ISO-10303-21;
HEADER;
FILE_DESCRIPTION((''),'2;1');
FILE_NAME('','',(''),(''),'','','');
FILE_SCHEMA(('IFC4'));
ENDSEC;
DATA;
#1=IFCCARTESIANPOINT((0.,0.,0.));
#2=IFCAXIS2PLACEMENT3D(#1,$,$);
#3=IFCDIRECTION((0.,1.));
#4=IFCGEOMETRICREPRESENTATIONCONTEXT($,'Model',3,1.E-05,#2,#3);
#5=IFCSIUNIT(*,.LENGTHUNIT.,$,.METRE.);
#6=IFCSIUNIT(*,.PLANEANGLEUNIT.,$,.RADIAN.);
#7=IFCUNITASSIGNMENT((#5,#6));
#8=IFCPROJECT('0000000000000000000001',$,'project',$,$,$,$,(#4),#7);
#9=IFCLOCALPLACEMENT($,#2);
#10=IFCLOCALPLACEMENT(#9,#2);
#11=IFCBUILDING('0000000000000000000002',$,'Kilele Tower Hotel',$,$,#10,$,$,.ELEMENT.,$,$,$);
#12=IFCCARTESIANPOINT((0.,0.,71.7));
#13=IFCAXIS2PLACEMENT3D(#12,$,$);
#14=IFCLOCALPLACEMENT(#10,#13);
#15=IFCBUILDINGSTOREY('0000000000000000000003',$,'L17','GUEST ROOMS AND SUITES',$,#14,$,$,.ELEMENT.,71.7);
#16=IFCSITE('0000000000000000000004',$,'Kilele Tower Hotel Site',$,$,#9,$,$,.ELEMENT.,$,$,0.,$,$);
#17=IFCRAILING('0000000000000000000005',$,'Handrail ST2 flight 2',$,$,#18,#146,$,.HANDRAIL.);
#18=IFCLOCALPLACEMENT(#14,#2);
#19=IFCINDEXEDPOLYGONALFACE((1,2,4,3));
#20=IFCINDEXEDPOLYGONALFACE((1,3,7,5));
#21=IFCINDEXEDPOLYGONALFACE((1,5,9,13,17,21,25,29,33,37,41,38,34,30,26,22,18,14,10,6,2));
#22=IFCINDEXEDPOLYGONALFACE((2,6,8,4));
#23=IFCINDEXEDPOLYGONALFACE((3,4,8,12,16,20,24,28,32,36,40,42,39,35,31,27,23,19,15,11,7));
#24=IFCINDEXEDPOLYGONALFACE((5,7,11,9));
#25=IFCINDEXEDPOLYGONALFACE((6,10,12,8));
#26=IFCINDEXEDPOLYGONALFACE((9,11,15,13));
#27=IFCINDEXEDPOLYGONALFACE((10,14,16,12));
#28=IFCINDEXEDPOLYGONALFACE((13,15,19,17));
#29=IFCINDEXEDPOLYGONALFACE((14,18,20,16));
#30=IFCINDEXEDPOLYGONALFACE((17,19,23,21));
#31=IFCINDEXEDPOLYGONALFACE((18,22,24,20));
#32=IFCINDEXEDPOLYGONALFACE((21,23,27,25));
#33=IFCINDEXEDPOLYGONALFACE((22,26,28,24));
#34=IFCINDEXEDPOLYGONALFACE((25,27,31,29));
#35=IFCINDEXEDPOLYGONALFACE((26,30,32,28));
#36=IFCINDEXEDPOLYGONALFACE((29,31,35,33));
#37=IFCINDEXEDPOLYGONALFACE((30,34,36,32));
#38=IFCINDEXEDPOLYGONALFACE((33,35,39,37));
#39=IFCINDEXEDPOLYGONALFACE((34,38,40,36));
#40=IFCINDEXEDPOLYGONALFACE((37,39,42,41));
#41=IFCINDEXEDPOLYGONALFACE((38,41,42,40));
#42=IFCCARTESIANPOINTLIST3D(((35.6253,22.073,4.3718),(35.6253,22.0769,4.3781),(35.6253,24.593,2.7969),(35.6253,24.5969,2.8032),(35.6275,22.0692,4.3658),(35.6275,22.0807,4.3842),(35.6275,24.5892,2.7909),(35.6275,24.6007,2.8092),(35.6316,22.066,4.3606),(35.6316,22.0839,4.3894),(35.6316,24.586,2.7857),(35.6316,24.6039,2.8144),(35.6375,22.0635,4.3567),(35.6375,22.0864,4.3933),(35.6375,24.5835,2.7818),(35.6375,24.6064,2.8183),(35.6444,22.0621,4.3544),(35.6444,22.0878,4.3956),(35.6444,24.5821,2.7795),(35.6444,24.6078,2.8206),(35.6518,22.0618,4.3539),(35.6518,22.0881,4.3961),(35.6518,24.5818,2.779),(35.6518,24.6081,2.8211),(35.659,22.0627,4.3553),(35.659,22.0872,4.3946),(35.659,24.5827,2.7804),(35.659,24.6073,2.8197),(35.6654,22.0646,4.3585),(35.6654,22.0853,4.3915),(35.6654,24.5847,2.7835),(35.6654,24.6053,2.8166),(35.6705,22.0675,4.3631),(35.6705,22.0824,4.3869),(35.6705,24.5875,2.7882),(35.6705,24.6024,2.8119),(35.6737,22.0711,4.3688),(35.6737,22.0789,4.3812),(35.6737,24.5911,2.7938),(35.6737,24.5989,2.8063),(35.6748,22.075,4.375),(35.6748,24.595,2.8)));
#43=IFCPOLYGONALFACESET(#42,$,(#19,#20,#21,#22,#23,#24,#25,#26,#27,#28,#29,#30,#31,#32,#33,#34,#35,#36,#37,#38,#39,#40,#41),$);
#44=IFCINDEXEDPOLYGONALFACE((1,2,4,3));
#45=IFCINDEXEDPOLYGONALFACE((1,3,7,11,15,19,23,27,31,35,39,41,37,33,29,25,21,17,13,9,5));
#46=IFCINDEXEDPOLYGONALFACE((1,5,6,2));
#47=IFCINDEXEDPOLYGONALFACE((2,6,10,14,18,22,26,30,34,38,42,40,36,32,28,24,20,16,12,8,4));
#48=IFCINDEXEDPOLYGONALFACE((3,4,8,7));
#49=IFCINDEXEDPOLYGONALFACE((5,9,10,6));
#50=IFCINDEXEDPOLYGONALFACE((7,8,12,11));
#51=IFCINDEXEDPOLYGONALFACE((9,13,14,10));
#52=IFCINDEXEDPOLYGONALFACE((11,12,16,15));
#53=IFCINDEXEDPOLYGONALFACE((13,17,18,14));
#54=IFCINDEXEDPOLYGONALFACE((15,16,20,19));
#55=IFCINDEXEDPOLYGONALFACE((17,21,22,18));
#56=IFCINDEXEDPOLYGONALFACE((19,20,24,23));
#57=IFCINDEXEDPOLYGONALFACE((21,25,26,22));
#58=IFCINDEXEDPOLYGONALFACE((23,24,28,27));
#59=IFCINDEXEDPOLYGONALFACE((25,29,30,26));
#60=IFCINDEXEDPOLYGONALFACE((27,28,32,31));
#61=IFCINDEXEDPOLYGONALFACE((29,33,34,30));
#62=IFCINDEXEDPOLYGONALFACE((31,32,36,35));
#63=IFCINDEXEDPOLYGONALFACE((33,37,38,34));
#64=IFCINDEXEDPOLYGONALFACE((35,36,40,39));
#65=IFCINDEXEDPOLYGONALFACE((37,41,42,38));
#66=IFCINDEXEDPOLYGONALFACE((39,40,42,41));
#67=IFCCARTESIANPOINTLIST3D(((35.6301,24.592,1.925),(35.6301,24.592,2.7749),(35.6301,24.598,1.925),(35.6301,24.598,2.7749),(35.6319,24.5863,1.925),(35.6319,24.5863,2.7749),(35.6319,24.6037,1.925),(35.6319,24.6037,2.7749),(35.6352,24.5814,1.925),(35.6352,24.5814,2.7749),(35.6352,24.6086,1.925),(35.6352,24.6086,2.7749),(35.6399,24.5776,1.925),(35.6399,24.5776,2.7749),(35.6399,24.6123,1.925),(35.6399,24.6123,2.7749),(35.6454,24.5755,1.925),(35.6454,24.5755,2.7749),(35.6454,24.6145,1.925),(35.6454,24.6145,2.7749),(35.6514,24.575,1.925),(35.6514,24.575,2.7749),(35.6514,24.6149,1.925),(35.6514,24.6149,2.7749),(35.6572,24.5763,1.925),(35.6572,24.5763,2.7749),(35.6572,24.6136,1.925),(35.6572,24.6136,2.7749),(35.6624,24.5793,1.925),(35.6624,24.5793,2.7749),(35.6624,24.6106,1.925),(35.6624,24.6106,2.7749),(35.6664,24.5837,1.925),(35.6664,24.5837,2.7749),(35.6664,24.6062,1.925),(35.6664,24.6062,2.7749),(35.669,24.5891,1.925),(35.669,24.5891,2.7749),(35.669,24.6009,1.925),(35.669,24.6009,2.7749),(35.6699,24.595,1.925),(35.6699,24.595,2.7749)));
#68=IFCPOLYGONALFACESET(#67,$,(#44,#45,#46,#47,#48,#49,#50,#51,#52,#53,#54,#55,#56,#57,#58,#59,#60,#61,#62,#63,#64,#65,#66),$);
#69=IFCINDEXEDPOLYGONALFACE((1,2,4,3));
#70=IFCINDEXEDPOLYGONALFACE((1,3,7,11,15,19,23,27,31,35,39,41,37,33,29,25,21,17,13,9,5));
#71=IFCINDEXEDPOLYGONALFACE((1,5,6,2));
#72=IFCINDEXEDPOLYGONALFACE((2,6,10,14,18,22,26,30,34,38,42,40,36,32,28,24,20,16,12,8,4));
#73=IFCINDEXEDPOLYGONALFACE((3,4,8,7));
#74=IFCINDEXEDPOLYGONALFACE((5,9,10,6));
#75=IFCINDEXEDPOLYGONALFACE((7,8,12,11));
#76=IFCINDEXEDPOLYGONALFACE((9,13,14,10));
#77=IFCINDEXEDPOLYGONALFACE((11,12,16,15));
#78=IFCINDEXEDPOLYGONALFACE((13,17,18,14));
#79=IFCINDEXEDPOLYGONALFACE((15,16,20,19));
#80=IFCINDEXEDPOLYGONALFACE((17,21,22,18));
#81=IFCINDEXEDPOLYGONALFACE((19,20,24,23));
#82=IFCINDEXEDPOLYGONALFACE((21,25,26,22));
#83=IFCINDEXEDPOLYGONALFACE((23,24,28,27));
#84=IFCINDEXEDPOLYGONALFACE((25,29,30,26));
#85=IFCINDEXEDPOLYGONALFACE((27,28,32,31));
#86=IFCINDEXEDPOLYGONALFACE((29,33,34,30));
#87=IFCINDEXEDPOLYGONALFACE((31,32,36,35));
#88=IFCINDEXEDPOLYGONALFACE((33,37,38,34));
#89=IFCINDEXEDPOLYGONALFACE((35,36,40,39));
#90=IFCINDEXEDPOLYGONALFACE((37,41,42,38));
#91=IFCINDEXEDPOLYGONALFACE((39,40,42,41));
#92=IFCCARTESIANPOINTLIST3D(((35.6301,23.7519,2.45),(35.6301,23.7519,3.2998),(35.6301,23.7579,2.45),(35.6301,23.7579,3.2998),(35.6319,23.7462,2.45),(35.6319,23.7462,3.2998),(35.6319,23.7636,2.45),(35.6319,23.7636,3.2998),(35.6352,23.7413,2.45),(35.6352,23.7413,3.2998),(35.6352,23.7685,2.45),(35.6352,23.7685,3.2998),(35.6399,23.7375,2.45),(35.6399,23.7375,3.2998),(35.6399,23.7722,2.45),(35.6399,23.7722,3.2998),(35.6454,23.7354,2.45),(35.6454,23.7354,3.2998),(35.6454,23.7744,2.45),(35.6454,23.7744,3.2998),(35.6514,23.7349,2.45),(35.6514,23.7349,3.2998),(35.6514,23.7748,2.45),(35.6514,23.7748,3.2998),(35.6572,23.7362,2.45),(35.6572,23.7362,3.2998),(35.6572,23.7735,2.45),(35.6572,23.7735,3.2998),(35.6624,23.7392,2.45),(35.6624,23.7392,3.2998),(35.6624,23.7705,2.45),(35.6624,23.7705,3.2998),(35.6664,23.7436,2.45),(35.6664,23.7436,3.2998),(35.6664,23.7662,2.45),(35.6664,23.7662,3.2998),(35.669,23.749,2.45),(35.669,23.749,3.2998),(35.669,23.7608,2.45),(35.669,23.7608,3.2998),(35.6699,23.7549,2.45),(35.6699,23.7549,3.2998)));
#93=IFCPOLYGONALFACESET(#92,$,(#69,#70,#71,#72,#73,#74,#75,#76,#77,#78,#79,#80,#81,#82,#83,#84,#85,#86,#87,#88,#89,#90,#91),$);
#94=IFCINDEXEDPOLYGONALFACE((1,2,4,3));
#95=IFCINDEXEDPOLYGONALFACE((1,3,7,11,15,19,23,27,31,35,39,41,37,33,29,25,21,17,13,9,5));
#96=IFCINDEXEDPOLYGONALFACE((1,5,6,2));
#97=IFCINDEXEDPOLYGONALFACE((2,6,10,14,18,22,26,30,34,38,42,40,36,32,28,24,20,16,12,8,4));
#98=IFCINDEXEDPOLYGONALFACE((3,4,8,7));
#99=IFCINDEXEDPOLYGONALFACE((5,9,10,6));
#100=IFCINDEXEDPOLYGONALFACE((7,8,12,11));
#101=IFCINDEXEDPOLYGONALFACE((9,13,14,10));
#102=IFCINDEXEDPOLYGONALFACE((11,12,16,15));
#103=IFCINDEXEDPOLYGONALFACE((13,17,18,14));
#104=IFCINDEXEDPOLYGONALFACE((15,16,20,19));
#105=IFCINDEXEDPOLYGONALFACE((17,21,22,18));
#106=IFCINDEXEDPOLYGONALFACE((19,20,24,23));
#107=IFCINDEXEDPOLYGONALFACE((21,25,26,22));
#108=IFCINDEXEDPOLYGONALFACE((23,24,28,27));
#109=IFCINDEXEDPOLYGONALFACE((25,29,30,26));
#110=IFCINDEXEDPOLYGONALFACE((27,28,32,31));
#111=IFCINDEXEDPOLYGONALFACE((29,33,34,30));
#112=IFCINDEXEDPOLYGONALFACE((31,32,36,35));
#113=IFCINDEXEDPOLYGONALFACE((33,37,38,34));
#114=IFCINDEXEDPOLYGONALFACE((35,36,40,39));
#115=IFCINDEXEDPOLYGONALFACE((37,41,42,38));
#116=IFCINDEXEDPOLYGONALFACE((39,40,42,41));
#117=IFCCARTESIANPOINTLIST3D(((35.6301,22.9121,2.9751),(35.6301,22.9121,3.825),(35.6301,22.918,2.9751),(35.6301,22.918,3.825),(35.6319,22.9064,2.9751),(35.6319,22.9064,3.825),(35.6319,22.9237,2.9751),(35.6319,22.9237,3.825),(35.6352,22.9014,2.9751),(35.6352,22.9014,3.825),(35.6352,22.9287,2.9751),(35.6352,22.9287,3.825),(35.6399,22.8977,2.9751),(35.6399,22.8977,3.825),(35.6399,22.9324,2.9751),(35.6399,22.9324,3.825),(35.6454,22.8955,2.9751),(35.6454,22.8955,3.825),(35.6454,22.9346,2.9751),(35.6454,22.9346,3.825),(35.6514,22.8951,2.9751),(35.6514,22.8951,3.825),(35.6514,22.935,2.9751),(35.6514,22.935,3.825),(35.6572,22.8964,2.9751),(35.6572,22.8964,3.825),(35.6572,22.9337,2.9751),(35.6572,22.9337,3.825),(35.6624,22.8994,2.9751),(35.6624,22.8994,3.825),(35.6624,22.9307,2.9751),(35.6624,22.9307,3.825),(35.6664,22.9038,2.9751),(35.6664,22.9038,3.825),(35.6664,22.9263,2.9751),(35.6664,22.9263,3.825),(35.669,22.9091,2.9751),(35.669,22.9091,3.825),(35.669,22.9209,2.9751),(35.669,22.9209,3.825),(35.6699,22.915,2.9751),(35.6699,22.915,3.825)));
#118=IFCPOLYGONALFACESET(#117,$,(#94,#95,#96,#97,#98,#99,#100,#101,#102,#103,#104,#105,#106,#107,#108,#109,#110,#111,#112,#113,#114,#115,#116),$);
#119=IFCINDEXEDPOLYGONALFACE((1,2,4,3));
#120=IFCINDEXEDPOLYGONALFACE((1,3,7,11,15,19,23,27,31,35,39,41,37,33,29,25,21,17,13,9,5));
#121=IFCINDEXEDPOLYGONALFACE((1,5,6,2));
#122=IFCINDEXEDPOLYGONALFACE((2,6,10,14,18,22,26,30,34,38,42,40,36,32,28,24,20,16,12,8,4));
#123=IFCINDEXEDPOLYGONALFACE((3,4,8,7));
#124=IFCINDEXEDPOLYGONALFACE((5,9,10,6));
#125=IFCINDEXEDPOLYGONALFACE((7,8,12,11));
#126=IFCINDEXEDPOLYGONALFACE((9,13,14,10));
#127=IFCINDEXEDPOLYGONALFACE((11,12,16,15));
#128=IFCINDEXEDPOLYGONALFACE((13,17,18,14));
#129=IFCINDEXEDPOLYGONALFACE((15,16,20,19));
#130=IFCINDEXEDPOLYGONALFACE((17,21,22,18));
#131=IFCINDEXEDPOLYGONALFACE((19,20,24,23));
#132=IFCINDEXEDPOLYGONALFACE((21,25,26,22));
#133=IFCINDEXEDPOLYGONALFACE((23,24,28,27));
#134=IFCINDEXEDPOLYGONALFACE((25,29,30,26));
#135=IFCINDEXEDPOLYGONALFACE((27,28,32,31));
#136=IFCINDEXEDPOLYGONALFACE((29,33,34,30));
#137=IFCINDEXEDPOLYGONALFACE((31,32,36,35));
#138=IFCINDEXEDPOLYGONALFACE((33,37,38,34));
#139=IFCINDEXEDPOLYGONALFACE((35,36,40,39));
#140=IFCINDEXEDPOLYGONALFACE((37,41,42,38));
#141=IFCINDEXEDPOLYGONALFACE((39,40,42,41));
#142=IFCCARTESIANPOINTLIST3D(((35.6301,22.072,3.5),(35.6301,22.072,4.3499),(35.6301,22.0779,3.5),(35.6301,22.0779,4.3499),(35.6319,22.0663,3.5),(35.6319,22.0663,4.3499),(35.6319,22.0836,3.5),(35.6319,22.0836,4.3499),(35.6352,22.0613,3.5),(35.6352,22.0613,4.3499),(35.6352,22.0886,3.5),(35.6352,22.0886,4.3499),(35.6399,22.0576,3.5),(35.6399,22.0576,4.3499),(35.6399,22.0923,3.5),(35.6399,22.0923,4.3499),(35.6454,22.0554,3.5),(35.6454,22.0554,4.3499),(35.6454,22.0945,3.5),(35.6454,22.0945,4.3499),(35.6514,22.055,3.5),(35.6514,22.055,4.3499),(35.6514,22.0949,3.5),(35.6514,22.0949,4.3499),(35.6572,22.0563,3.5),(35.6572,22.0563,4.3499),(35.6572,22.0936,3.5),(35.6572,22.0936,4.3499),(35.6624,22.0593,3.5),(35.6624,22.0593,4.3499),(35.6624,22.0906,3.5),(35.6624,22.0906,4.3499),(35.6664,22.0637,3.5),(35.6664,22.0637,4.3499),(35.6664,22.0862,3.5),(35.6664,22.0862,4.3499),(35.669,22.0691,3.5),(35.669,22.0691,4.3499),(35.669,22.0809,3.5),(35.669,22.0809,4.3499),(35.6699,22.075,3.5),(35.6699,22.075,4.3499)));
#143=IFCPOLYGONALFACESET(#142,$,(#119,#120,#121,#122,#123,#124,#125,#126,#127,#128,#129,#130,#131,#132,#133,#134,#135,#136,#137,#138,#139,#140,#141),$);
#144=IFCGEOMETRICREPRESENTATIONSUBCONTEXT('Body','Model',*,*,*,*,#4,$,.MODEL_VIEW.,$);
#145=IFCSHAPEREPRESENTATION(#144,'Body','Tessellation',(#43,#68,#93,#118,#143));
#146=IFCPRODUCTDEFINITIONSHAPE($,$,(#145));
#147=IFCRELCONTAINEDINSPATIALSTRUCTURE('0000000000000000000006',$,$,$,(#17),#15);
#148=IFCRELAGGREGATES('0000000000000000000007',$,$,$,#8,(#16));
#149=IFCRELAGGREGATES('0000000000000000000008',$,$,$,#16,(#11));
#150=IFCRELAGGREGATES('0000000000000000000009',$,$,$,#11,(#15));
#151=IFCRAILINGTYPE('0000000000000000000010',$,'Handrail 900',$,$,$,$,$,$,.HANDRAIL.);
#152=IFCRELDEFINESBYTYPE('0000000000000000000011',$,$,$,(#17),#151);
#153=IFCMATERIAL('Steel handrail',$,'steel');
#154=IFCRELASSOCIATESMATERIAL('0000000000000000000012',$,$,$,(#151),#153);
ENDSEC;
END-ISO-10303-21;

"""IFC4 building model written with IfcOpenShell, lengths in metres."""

from ifc_helpers import new_model, si_unit, direction, frame, origin, origin_2d, place, context, subcontext, project, spatial, circle, extrude, material, type_object, element, save


model = new_model("IFC4")

# Units and contexts
model_context = context("Model", 3, precision=1e-05, world=origin(), true_north=direction((0.0, 1.0)))
body_context = subcontext(model_context, "Body", "Model", "MODEL_VIEW")
ifc_project = project(units=[si_unit("LENGTHUNIT", "METRE"), si_unit("PLANEANGLEUNIT", "RADIAN")], contexts=[model_context])

# Site, building, storey
site_placement = place(None, origin())
site = spatial("IfcSite", under=ifc_project, at=site_placement, Name="Kilele Tower Hotel Site", CompositionType="ELEMENT", RefElevation=0.0)
building_placement = place(site_placement, origin())
building = spatial("IfcBuilding", under=site, at=building_placement, Name="Kilele Tower Hotel", CompositionType="ELEMENT")
storey_placement = place(building_placement, frame((0.0, 0.0, 71.7)))
storey = spatial("IfcBuildingStorey", under=building, at=storey_placement, Name="L17", Description="GUEST ROOMS AND SUITES", CompositionType="ELEMENT", Elevation=71.7)

# Railing
ifc_material_1 = material(Name="Steel handrail", Category="steel")
railing_type_1 = type_object("IfcRailingType", Name="Handrail 900", PredefinedType="HANDRAIL", material=ifc_material_1)
for number, where, name in (
    (1, (35.6499, 24.595, 1.925), "Handrail ST2 flight 2"),
):
    element("IfcRailing", number, at=place(storey_placement, frame(where)), inside=storey, type_object=railing_type_1, Name=name, PredefinedType="HANDRAIL", context=body_context, shape_type="SweptSolid", body=[
        extrude(circle(Radius=0.0249, at=origin_2d()), frame((0.0, 0.0, 0.875), z_axis=(0.0, -0.848008, 0.529984), x_axis=(1.0, 0.0, 0.0)), (0.0, 0.0, 1.0), 2.9717),
        extrude(circle(Radius=0.02, at=origin_2d()), origin(), (0.0, 0.0, 1.0), 0.8499),
        extrude(circle(Radius=0.02, at=origin_2d()), frame((0.0, -0.8401, 0.5249)), (0.0, 0.0, 1.0), 0.8499),
        extrude(circle(Radius=0.02, at=origin_2d()), frame((0.0, -1.6799, 1.05)), (0.0, 0.0, 1.0), 0.8499),
        extrude(circle(Radius=0.02, at=origin_2d()), frame((0.0, -2.52, 1.575)), (0.0, 0.0, 1.0), 0.8499),
    ])

save(model, "model.ifc")
